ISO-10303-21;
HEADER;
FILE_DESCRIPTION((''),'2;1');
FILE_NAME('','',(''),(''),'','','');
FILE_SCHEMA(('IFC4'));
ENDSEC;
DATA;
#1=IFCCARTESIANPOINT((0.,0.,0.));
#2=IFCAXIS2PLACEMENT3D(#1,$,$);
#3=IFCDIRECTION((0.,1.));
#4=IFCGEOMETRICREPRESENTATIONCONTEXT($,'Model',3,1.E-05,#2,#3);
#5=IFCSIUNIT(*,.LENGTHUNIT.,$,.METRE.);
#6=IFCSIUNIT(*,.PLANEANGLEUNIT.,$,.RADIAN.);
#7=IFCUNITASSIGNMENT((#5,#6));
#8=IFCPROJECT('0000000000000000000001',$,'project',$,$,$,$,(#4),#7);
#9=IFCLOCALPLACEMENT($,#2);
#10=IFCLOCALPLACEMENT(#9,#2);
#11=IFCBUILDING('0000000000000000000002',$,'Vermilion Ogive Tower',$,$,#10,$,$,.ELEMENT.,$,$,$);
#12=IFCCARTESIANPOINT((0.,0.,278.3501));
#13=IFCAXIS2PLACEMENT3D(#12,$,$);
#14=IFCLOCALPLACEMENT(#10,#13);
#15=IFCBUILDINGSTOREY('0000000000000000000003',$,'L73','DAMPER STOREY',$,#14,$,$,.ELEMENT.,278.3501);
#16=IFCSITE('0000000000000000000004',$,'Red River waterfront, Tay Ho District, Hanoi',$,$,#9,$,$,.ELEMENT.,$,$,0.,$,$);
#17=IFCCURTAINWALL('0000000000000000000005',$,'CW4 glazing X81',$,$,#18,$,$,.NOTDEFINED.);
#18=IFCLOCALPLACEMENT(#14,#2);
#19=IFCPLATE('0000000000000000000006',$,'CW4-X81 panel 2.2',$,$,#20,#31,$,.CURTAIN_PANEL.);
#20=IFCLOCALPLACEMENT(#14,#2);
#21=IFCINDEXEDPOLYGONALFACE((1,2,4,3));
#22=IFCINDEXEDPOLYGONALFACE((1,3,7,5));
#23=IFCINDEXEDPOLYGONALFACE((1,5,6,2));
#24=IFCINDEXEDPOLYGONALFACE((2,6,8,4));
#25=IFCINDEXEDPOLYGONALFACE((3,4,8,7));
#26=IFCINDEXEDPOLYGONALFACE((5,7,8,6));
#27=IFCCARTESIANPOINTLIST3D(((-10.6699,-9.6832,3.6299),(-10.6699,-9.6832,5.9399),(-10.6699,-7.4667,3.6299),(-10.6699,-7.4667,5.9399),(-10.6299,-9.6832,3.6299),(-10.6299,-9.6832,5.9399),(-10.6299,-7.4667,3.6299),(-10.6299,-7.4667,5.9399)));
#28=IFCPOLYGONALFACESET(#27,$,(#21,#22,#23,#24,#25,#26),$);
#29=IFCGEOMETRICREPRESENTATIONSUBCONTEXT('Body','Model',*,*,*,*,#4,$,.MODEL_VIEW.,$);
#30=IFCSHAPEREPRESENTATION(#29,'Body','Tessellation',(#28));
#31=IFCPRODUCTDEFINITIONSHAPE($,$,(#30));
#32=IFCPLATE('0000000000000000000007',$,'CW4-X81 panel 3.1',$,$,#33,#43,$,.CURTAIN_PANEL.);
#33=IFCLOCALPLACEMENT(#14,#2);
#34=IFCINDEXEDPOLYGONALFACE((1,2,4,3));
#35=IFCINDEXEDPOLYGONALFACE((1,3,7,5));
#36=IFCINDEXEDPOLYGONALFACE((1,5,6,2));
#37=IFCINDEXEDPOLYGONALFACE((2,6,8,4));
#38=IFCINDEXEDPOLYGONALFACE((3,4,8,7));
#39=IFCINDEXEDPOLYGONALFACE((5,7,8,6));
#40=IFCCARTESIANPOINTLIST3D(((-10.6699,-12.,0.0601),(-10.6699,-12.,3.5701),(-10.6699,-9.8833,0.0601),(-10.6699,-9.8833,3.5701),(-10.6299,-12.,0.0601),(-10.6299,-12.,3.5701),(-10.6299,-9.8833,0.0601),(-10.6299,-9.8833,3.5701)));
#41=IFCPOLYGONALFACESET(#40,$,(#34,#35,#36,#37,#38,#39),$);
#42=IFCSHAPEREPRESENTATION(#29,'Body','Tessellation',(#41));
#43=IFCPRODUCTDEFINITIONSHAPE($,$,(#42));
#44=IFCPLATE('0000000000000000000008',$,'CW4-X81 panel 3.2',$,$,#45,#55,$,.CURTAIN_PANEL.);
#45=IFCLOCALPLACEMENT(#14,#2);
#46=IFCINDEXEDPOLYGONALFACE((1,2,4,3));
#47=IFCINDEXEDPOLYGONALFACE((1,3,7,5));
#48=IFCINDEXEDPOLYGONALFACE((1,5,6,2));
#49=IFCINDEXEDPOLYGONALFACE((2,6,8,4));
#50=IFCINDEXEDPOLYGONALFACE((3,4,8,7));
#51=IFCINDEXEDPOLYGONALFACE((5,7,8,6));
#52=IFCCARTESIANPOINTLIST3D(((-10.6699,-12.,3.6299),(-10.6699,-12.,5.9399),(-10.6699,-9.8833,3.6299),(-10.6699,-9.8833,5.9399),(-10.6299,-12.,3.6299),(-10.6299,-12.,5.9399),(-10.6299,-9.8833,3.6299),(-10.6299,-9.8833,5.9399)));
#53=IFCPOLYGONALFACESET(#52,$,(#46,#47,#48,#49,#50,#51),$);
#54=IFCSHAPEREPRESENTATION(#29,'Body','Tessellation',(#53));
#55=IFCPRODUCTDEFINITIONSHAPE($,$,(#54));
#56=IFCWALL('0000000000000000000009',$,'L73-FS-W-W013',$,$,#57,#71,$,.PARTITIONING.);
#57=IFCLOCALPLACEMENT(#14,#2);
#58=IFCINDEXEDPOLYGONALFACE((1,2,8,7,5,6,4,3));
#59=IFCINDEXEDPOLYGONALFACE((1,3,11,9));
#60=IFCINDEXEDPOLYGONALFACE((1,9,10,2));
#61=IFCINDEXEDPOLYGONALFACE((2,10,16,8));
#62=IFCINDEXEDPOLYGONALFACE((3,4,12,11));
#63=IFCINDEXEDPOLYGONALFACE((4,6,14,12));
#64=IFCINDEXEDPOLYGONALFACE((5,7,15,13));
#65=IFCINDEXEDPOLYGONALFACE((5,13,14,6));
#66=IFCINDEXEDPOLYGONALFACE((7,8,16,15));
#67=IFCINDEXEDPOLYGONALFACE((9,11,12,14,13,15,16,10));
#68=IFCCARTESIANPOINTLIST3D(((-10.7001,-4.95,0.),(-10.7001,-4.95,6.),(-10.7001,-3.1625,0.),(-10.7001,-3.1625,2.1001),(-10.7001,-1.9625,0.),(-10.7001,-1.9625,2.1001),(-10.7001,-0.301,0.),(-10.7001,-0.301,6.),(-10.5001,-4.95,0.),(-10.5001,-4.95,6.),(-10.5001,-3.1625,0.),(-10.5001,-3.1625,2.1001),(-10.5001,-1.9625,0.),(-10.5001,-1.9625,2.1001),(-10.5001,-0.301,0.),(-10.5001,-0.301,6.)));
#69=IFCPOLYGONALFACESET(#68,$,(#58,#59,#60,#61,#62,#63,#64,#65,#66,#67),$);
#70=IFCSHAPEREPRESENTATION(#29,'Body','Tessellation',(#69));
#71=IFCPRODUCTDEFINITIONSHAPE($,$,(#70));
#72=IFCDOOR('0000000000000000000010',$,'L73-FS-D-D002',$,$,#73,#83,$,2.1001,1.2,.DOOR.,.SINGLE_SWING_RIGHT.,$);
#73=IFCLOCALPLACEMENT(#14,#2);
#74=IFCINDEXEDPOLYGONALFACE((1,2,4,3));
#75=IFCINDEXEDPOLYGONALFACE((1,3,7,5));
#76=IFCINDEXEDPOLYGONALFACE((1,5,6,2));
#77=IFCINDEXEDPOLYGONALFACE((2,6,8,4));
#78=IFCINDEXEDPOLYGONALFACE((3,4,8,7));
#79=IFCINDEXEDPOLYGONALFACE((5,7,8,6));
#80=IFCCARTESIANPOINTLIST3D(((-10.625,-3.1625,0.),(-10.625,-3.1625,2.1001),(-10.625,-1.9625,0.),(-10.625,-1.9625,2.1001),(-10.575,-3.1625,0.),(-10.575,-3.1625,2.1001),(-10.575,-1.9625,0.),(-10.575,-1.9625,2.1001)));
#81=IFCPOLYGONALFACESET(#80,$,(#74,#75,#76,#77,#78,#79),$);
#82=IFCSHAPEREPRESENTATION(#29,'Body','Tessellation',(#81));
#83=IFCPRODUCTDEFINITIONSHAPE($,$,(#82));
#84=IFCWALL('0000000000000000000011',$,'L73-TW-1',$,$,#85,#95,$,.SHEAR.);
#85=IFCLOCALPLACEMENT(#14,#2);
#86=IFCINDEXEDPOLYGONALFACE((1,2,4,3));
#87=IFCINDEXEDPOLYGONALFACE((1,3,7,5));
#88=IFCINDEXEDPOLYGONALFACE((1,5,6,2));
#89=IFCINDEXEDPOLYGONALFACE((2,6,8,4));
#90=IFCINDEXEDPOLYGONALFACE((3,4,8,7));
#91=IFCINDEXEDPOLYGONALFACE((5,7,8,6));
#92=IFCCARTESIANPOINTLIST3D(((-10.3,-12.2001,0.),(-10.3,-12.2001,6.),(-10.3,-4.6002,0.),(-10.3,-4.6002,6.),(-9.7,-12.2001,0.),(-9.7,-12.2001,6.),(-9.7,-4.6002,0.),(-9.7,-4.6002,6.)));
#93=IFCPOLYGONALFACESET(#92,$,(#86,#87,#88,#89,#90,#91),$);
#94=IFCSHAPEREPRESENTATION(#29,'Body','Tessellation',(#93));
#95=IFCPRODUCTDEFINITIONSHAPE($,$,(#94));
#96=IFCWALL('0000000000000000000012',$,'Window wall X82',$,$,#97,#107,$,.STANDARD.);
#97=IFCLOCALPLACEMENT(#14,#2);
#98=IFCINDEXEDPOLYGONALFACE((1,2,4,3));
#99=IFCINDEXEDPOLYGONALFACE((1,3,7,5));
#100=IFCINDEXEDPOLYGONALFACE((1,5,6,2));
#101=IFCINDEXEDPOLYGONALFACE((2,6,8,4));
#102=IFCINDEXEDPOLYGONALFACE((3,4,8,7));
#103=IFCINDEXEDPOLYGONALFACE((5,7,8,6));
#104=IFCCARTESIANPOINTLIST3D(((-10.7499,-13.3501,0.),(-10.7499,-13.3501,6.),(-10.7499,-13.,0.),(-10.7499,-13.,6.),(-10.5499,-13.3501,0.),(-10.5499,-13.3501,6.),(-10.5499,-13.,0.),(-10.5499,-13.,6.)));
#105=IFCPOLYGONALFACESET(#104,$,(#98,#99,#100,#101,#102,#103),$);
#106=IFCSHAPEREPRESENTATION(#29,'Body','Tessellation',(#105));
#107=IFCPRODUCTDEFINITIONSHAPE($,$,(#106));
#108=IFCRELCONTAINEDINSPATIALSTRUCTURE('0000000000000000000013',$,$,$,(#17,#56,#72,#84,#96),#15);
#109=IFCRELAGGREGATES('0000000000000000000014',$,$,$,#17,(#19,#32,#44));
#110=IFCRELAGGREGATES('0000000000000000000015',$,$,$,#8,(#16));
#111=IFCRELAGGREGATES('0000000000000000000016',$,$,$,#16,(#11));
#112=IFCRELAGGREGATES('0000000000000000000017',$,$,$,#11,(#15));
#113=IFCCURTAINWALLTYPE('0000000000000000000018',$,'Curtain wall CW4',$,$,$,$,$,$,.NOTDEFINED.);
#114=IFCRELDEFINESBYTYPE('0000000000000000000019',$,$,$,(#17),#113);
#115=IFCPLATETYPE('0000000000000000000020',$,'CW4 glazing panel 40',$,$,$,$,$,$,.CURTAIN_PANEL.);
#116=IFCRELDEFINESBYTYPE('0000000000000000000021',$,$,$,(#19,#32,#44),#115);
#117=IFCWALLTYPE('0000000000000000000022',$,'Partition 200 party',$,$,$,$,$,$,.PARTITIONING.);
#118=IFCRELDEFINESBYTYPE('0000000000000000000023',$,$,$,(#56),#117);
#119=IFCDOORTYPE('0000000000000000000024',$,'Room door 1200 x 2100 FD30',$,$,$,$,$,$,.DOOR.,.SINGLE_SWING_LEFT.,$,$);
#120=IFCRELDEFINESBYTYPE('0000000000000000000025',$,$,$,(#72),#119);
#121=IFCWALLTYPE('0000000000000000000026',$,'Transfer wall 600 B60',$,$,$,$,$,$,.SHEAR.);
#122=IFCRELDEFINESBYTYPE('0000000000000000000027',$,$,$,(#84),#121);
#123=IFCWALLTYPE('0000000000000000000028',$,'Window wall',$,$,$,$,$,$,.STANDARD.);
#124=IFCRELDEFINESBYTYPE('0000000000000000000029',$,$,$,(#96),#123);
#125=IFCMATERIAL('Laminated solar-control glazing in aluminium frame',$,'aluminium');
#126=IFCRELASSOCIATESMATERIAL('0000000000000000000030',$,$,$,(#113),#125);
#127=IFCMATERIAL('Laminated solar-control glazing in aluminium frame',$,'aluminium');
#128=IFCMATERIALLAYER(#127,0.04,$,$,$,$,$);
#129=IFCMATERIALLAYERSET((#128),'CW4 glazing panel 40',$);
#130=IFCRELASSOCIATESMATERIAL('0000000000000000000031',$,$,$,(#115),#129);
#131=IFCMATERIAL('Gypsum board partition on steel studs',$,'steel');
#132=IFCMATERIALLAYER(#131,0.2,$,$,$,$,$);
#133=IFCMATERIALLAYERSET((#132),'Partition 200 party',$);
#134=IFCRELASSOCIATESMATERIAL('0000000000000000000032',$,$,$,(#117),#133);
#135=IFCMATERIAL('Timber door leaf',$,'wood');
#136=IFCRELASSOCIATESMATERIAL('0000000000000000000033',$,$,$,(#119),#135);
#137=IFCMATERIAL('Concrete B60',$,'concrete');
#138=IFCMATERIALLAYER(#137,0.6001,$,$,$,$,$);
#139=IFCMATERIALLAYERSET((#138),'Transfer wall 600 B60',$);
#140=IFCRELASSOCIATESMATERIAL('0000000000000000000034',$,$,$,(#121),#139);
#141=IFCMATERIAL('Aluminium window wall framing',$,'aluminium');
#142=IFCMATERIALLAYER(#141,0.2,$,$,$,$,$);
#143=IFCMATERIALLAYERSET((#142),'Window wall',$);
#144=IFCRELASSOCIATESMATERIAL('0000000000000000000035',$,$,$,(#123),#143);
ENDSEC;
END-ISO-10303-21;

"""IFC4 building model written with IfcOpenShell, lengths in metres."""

from ifc_helpers import new_model, si_unit, direction, frame, frame_2d, origin, origin_2d, place, context, subcontext, project, spatial, rectangle, extrude, material, layer, layer_set, type_object, element, fill, aggregate, save


model = new_model("IFC4")

# Units and contexts
model_context = context("Model", 3, precision=1e-05, world=origin(), true_north=direction((0.0, 1.0)))
body_context = subcontext(model_context, "Body", "Model", "MODEL_VIEW")
ifc_project = project(units=[si_unit("LENGTHUNIT", "METRE"), si_unit("PLANEANGLEUNIT", "RADIAN")], contexts=[model_context])

# Site, building, storey
site_placement = place(None, origin())
site = spatial("IfcSite", under=ifc_project, at=site_placement, Name="Red River waterfront, Tay Ho District, Hanoi", CompositionType="ELEMENT", RefElevation=0.0)
building_placement = place(site_placement, origin())
building = spatial("IfcBuilding", under=site, at=building_placement, Name="Vermilion Ogive Tower", CompositionType="ELEMENT")
storey_placement = place(building_placement, frame((0.0, 0.0, 278.3501)))
storey = spatial("IfcBuildingStorey", under=building, at=storey_placement, Name="L73", Description="DAMPER STOREY", CompositionType="ELEMENT", Elevation=278.3501)

# Curtain wall
ifc_material_1 = material(Name="Laminated solar-control glazing in aluminium frame", Category="aluminium")
curtain_wall_type = type_object("IfcCurtainWallType", Name="Curtain wall CW4", PredefinedType="NOTDEFINED", material=ifc_material_1)
curtain_wall_1_placement = place(storey_placement, origin())
curtain_wall_1 = element("IfcCurtainWall", 1, at=curtain_wall_1_placement, inside=storey, type_object=curtain_wall_type, Name="CW4 glazing X81", PredefinedType="NOTDEFINED")

# Plates
ifc_material_2 = material(Name="Laminated solar-control glazing in aluminium frame", Category="aluminium")
ifc_layer_1 = layer(ifc_material_2, 0.04)
ifc_layer_set_1 = layer_set([ifc_layer_1], Name="CW4 glazing panel 40")
plate_type = type_object("IfcPlateType", Name="CW4 glazing panel 40", PredefinedType="CURTAIN_PANEL", material=ifc_layer_set_1)
plate_1_placement = place(storey_placement, frame((-10.6499, -8.575, 3.6299), z_axis=(0.0, 0.0, 1.0), x_axis=(0.0, -1.0, 0.0)))
plate_1 = element("IfcPlate", 2, at=plate_1_placement, type_object=plate_type, Name="CW4-X81 panel 2.2", PredefinedType="CURTAIN_PANEL", context=body_context, shape_type="SweptSolid", body=[
    extrude(rectangle(XDim=2.2166, YDim=0.04, at=origin_2d()), origin(), (0.0, 0.0, 1.0), 2.3101),
])
plate_2_placement = place(storey_placement, frame((-10.6499, -10.9417, 0.0601), z_axis=(0.0, 0.0, 1.0), x_axis=(0.0, -1.0, 0.0)))
plate_2 = element("IfcPlate", 3, at=plate_2_placement, type_object=plate_type, Name="CW4-X81 panel 3.1", PredefinedType="CURTAIN_PANEL", context=body_context, shape_type="SweptSolid", body=[
    extrude(rectangle(XDim=2.1167, YDim=0.04, at=origin_2d()), origin(), (0.0, 0.0, 1.0), 3.51),
])
plate_3_placement = place(storey_placement, frame((-10.6499, -10.9417, 3.6299), z_axis=(0.0, 0.0, 1.0), x_axis=(0.0, -1.0, 0.0)))
plate_3 = element("IfcPlate", 4, at=plate_3_placement, type_object=plate_type, Name="CW4-X81 panel 3.2", PredefinedType="CURTAIN_PANEL", context=body_context, shape_type="SweptSolid", body=[
    extrude(rectangle(XDim=2.1167, YDim=0.04, at=origin_2d()), origin(), (0.0, 0.0, 1.0), 2.3101),
])
aggregate(curtain_wall_1, [plate_1, plate_2, plate_3])

# Wall, opening, door
ifc_material_3 = material(Name="Gypsum board partition on steel studs", Category="steel")
ifc_layer_2 = layer(ifc_material_3, 0.2)
ifc_layer_set_2 = layer_set([ifc_layer_2], Name="Partition 200 party")
wall_type_1 = type_object("IfcWallType", Name="Partition 200 party", PredefinedType="PARTITIONING", material=ifc_layer_set_2)
wall_1_placement = place(storey_placement, frame((-10.6001, -4.95, 0.0), z_axis=(0.0, 0.0, 1.0), x_axis=(0.0, 1.0, 0.0)))
wall_1 = element("IfcWall", 5, at=wall_1_placement, inside=storey, type_object=wall_type_1, Name="L73-FS-W-W013", PredefinedType="PARTITIONING", context=body_context, shape_type="SweptSolid", body=[
    extrude(rectangle(XDim=4.6489, YDim=0.2, at=frame_2d((2.3245, 0.0))), origin(), (0.0, 0.0, 1.0), 6.0),
])
opening_placement = place(wall_1_placement, frame((1.7874, 0.0, 0.0)))
opening = element("IfcOpeningElement", 6, at=opening_placement, cuts=wall_1, PredefinedType="OPENING", context=body_context, shape_type="SweptSolid", body=[
    extrude(rectangle(XDim=1.2, YDim=2.1001, at=frame_2d((0.6001, 1.05))), frame((0.0, 0.1099, 0.0), z_axis=(0.0, -1.0, 0.0), x_axis=(1.0, 0.0, 0.0)), (0.0, 0.0, 1.0), 0.22),
])
ifc_material_4 = material(Name="Timber door leaf", Category="wood")
door_type = type_object("IfcDoorType", Name="Room door 1200 x 2100 FD30", OperationType="SINGLE_SWING_LEFT", PredefinedType="DOOR", material=ifc_material_4)
door_placement = place(opening_placement, origin())
door = element("IfcDoor", 7, at=door_placement, inside=storey, type_object=door_type, Name="L73-FS-D-D002", OperationType="SINGLE_SWING_RIGHT", OverallHeight=2.1001, OverallWidth=1.2, PredefinedType="DOOR", context=body_context, shape_type="SweptSolid", body=[
    extrude(rectangle(XDim=1.2, YDim=2.1001, at=frame_2d((0.6001, 1.05))), frame((0.0, 0.0249, 0.0), z_axis=(0.0, -1.0, 0.0), x_axis=(1.0, 0.0, 0.0)), (0.0, 0.0, 1.0), 0.05),
])
fill(opening, door)

# Walls
ifc_material_5 = material(Name="Concrete B60", Category="concrete")
ifc_layer_3 = layer(ifc_material_5, 0.6001)
ifc_layer_set_3 = layer_set([ifc_layer_3], Name="Transfer wall 600 B60")
wall_type_2 = type_object("IfcWallType", Name="Transfer wall 600 B60", PredefinedType="SHEAR", material=ifc_layer_set_3)
wall_2_placement = place(storey_placement, frame((-10.0, -12.2, 0.0), z_axis=(0.0, 0.0, 1.0), x_axis=(0.0, 1.0, 0.0)))
element("IfcWall", 8, at=wall_2_placement, inside=storey, type_object=wall_type_2, Name="L73-TW-1", PredefinedType="SHEAR", context=body_context, shape_type="SweptSolid", body=[
    extrude(rectangle(XDim=7.5999, YDim=0.6001, at=frame_2d((3.7998, 0.0))), origin(), (0.0, 0.0, 1.0), 6.0),
])
ifc_material_6 = material(Name="Aluminium window wall framing", Category="aluminium")
ifc_layer_4 = layer(ifc_material_6, 0.2)
ifc_layer_set_4 = layer_set([ifc_layer_4], Name="Window wall")
wall_type_3 = type_object("IfcWallType", Name="Window wall", PredefinedType="STANDARD", material=ifc_layer_set_4)
wall_3_placement = place(storey_placement, frame((-10.6499, -13.0, 0.0), z_axis=(0.0, 0.0, 1.0), x_axis=(0.0, -1.0, 0.0)))
element("IfcWall", 9, at=wall_3_placement, inside=storey, type_object=wall_type_3, Name="Window wall X82", PredefinedType="STANDARD", context=body_context, shape_type="SweptSolid", body=[
    extrude(rectangle(XDim=0.3501, YDim=0.2, at=frame_2d((0.175, 0.0))), origin(), (0.0, 0.0, 1.0), 6.0),
])

save(model, "model.ifc")
